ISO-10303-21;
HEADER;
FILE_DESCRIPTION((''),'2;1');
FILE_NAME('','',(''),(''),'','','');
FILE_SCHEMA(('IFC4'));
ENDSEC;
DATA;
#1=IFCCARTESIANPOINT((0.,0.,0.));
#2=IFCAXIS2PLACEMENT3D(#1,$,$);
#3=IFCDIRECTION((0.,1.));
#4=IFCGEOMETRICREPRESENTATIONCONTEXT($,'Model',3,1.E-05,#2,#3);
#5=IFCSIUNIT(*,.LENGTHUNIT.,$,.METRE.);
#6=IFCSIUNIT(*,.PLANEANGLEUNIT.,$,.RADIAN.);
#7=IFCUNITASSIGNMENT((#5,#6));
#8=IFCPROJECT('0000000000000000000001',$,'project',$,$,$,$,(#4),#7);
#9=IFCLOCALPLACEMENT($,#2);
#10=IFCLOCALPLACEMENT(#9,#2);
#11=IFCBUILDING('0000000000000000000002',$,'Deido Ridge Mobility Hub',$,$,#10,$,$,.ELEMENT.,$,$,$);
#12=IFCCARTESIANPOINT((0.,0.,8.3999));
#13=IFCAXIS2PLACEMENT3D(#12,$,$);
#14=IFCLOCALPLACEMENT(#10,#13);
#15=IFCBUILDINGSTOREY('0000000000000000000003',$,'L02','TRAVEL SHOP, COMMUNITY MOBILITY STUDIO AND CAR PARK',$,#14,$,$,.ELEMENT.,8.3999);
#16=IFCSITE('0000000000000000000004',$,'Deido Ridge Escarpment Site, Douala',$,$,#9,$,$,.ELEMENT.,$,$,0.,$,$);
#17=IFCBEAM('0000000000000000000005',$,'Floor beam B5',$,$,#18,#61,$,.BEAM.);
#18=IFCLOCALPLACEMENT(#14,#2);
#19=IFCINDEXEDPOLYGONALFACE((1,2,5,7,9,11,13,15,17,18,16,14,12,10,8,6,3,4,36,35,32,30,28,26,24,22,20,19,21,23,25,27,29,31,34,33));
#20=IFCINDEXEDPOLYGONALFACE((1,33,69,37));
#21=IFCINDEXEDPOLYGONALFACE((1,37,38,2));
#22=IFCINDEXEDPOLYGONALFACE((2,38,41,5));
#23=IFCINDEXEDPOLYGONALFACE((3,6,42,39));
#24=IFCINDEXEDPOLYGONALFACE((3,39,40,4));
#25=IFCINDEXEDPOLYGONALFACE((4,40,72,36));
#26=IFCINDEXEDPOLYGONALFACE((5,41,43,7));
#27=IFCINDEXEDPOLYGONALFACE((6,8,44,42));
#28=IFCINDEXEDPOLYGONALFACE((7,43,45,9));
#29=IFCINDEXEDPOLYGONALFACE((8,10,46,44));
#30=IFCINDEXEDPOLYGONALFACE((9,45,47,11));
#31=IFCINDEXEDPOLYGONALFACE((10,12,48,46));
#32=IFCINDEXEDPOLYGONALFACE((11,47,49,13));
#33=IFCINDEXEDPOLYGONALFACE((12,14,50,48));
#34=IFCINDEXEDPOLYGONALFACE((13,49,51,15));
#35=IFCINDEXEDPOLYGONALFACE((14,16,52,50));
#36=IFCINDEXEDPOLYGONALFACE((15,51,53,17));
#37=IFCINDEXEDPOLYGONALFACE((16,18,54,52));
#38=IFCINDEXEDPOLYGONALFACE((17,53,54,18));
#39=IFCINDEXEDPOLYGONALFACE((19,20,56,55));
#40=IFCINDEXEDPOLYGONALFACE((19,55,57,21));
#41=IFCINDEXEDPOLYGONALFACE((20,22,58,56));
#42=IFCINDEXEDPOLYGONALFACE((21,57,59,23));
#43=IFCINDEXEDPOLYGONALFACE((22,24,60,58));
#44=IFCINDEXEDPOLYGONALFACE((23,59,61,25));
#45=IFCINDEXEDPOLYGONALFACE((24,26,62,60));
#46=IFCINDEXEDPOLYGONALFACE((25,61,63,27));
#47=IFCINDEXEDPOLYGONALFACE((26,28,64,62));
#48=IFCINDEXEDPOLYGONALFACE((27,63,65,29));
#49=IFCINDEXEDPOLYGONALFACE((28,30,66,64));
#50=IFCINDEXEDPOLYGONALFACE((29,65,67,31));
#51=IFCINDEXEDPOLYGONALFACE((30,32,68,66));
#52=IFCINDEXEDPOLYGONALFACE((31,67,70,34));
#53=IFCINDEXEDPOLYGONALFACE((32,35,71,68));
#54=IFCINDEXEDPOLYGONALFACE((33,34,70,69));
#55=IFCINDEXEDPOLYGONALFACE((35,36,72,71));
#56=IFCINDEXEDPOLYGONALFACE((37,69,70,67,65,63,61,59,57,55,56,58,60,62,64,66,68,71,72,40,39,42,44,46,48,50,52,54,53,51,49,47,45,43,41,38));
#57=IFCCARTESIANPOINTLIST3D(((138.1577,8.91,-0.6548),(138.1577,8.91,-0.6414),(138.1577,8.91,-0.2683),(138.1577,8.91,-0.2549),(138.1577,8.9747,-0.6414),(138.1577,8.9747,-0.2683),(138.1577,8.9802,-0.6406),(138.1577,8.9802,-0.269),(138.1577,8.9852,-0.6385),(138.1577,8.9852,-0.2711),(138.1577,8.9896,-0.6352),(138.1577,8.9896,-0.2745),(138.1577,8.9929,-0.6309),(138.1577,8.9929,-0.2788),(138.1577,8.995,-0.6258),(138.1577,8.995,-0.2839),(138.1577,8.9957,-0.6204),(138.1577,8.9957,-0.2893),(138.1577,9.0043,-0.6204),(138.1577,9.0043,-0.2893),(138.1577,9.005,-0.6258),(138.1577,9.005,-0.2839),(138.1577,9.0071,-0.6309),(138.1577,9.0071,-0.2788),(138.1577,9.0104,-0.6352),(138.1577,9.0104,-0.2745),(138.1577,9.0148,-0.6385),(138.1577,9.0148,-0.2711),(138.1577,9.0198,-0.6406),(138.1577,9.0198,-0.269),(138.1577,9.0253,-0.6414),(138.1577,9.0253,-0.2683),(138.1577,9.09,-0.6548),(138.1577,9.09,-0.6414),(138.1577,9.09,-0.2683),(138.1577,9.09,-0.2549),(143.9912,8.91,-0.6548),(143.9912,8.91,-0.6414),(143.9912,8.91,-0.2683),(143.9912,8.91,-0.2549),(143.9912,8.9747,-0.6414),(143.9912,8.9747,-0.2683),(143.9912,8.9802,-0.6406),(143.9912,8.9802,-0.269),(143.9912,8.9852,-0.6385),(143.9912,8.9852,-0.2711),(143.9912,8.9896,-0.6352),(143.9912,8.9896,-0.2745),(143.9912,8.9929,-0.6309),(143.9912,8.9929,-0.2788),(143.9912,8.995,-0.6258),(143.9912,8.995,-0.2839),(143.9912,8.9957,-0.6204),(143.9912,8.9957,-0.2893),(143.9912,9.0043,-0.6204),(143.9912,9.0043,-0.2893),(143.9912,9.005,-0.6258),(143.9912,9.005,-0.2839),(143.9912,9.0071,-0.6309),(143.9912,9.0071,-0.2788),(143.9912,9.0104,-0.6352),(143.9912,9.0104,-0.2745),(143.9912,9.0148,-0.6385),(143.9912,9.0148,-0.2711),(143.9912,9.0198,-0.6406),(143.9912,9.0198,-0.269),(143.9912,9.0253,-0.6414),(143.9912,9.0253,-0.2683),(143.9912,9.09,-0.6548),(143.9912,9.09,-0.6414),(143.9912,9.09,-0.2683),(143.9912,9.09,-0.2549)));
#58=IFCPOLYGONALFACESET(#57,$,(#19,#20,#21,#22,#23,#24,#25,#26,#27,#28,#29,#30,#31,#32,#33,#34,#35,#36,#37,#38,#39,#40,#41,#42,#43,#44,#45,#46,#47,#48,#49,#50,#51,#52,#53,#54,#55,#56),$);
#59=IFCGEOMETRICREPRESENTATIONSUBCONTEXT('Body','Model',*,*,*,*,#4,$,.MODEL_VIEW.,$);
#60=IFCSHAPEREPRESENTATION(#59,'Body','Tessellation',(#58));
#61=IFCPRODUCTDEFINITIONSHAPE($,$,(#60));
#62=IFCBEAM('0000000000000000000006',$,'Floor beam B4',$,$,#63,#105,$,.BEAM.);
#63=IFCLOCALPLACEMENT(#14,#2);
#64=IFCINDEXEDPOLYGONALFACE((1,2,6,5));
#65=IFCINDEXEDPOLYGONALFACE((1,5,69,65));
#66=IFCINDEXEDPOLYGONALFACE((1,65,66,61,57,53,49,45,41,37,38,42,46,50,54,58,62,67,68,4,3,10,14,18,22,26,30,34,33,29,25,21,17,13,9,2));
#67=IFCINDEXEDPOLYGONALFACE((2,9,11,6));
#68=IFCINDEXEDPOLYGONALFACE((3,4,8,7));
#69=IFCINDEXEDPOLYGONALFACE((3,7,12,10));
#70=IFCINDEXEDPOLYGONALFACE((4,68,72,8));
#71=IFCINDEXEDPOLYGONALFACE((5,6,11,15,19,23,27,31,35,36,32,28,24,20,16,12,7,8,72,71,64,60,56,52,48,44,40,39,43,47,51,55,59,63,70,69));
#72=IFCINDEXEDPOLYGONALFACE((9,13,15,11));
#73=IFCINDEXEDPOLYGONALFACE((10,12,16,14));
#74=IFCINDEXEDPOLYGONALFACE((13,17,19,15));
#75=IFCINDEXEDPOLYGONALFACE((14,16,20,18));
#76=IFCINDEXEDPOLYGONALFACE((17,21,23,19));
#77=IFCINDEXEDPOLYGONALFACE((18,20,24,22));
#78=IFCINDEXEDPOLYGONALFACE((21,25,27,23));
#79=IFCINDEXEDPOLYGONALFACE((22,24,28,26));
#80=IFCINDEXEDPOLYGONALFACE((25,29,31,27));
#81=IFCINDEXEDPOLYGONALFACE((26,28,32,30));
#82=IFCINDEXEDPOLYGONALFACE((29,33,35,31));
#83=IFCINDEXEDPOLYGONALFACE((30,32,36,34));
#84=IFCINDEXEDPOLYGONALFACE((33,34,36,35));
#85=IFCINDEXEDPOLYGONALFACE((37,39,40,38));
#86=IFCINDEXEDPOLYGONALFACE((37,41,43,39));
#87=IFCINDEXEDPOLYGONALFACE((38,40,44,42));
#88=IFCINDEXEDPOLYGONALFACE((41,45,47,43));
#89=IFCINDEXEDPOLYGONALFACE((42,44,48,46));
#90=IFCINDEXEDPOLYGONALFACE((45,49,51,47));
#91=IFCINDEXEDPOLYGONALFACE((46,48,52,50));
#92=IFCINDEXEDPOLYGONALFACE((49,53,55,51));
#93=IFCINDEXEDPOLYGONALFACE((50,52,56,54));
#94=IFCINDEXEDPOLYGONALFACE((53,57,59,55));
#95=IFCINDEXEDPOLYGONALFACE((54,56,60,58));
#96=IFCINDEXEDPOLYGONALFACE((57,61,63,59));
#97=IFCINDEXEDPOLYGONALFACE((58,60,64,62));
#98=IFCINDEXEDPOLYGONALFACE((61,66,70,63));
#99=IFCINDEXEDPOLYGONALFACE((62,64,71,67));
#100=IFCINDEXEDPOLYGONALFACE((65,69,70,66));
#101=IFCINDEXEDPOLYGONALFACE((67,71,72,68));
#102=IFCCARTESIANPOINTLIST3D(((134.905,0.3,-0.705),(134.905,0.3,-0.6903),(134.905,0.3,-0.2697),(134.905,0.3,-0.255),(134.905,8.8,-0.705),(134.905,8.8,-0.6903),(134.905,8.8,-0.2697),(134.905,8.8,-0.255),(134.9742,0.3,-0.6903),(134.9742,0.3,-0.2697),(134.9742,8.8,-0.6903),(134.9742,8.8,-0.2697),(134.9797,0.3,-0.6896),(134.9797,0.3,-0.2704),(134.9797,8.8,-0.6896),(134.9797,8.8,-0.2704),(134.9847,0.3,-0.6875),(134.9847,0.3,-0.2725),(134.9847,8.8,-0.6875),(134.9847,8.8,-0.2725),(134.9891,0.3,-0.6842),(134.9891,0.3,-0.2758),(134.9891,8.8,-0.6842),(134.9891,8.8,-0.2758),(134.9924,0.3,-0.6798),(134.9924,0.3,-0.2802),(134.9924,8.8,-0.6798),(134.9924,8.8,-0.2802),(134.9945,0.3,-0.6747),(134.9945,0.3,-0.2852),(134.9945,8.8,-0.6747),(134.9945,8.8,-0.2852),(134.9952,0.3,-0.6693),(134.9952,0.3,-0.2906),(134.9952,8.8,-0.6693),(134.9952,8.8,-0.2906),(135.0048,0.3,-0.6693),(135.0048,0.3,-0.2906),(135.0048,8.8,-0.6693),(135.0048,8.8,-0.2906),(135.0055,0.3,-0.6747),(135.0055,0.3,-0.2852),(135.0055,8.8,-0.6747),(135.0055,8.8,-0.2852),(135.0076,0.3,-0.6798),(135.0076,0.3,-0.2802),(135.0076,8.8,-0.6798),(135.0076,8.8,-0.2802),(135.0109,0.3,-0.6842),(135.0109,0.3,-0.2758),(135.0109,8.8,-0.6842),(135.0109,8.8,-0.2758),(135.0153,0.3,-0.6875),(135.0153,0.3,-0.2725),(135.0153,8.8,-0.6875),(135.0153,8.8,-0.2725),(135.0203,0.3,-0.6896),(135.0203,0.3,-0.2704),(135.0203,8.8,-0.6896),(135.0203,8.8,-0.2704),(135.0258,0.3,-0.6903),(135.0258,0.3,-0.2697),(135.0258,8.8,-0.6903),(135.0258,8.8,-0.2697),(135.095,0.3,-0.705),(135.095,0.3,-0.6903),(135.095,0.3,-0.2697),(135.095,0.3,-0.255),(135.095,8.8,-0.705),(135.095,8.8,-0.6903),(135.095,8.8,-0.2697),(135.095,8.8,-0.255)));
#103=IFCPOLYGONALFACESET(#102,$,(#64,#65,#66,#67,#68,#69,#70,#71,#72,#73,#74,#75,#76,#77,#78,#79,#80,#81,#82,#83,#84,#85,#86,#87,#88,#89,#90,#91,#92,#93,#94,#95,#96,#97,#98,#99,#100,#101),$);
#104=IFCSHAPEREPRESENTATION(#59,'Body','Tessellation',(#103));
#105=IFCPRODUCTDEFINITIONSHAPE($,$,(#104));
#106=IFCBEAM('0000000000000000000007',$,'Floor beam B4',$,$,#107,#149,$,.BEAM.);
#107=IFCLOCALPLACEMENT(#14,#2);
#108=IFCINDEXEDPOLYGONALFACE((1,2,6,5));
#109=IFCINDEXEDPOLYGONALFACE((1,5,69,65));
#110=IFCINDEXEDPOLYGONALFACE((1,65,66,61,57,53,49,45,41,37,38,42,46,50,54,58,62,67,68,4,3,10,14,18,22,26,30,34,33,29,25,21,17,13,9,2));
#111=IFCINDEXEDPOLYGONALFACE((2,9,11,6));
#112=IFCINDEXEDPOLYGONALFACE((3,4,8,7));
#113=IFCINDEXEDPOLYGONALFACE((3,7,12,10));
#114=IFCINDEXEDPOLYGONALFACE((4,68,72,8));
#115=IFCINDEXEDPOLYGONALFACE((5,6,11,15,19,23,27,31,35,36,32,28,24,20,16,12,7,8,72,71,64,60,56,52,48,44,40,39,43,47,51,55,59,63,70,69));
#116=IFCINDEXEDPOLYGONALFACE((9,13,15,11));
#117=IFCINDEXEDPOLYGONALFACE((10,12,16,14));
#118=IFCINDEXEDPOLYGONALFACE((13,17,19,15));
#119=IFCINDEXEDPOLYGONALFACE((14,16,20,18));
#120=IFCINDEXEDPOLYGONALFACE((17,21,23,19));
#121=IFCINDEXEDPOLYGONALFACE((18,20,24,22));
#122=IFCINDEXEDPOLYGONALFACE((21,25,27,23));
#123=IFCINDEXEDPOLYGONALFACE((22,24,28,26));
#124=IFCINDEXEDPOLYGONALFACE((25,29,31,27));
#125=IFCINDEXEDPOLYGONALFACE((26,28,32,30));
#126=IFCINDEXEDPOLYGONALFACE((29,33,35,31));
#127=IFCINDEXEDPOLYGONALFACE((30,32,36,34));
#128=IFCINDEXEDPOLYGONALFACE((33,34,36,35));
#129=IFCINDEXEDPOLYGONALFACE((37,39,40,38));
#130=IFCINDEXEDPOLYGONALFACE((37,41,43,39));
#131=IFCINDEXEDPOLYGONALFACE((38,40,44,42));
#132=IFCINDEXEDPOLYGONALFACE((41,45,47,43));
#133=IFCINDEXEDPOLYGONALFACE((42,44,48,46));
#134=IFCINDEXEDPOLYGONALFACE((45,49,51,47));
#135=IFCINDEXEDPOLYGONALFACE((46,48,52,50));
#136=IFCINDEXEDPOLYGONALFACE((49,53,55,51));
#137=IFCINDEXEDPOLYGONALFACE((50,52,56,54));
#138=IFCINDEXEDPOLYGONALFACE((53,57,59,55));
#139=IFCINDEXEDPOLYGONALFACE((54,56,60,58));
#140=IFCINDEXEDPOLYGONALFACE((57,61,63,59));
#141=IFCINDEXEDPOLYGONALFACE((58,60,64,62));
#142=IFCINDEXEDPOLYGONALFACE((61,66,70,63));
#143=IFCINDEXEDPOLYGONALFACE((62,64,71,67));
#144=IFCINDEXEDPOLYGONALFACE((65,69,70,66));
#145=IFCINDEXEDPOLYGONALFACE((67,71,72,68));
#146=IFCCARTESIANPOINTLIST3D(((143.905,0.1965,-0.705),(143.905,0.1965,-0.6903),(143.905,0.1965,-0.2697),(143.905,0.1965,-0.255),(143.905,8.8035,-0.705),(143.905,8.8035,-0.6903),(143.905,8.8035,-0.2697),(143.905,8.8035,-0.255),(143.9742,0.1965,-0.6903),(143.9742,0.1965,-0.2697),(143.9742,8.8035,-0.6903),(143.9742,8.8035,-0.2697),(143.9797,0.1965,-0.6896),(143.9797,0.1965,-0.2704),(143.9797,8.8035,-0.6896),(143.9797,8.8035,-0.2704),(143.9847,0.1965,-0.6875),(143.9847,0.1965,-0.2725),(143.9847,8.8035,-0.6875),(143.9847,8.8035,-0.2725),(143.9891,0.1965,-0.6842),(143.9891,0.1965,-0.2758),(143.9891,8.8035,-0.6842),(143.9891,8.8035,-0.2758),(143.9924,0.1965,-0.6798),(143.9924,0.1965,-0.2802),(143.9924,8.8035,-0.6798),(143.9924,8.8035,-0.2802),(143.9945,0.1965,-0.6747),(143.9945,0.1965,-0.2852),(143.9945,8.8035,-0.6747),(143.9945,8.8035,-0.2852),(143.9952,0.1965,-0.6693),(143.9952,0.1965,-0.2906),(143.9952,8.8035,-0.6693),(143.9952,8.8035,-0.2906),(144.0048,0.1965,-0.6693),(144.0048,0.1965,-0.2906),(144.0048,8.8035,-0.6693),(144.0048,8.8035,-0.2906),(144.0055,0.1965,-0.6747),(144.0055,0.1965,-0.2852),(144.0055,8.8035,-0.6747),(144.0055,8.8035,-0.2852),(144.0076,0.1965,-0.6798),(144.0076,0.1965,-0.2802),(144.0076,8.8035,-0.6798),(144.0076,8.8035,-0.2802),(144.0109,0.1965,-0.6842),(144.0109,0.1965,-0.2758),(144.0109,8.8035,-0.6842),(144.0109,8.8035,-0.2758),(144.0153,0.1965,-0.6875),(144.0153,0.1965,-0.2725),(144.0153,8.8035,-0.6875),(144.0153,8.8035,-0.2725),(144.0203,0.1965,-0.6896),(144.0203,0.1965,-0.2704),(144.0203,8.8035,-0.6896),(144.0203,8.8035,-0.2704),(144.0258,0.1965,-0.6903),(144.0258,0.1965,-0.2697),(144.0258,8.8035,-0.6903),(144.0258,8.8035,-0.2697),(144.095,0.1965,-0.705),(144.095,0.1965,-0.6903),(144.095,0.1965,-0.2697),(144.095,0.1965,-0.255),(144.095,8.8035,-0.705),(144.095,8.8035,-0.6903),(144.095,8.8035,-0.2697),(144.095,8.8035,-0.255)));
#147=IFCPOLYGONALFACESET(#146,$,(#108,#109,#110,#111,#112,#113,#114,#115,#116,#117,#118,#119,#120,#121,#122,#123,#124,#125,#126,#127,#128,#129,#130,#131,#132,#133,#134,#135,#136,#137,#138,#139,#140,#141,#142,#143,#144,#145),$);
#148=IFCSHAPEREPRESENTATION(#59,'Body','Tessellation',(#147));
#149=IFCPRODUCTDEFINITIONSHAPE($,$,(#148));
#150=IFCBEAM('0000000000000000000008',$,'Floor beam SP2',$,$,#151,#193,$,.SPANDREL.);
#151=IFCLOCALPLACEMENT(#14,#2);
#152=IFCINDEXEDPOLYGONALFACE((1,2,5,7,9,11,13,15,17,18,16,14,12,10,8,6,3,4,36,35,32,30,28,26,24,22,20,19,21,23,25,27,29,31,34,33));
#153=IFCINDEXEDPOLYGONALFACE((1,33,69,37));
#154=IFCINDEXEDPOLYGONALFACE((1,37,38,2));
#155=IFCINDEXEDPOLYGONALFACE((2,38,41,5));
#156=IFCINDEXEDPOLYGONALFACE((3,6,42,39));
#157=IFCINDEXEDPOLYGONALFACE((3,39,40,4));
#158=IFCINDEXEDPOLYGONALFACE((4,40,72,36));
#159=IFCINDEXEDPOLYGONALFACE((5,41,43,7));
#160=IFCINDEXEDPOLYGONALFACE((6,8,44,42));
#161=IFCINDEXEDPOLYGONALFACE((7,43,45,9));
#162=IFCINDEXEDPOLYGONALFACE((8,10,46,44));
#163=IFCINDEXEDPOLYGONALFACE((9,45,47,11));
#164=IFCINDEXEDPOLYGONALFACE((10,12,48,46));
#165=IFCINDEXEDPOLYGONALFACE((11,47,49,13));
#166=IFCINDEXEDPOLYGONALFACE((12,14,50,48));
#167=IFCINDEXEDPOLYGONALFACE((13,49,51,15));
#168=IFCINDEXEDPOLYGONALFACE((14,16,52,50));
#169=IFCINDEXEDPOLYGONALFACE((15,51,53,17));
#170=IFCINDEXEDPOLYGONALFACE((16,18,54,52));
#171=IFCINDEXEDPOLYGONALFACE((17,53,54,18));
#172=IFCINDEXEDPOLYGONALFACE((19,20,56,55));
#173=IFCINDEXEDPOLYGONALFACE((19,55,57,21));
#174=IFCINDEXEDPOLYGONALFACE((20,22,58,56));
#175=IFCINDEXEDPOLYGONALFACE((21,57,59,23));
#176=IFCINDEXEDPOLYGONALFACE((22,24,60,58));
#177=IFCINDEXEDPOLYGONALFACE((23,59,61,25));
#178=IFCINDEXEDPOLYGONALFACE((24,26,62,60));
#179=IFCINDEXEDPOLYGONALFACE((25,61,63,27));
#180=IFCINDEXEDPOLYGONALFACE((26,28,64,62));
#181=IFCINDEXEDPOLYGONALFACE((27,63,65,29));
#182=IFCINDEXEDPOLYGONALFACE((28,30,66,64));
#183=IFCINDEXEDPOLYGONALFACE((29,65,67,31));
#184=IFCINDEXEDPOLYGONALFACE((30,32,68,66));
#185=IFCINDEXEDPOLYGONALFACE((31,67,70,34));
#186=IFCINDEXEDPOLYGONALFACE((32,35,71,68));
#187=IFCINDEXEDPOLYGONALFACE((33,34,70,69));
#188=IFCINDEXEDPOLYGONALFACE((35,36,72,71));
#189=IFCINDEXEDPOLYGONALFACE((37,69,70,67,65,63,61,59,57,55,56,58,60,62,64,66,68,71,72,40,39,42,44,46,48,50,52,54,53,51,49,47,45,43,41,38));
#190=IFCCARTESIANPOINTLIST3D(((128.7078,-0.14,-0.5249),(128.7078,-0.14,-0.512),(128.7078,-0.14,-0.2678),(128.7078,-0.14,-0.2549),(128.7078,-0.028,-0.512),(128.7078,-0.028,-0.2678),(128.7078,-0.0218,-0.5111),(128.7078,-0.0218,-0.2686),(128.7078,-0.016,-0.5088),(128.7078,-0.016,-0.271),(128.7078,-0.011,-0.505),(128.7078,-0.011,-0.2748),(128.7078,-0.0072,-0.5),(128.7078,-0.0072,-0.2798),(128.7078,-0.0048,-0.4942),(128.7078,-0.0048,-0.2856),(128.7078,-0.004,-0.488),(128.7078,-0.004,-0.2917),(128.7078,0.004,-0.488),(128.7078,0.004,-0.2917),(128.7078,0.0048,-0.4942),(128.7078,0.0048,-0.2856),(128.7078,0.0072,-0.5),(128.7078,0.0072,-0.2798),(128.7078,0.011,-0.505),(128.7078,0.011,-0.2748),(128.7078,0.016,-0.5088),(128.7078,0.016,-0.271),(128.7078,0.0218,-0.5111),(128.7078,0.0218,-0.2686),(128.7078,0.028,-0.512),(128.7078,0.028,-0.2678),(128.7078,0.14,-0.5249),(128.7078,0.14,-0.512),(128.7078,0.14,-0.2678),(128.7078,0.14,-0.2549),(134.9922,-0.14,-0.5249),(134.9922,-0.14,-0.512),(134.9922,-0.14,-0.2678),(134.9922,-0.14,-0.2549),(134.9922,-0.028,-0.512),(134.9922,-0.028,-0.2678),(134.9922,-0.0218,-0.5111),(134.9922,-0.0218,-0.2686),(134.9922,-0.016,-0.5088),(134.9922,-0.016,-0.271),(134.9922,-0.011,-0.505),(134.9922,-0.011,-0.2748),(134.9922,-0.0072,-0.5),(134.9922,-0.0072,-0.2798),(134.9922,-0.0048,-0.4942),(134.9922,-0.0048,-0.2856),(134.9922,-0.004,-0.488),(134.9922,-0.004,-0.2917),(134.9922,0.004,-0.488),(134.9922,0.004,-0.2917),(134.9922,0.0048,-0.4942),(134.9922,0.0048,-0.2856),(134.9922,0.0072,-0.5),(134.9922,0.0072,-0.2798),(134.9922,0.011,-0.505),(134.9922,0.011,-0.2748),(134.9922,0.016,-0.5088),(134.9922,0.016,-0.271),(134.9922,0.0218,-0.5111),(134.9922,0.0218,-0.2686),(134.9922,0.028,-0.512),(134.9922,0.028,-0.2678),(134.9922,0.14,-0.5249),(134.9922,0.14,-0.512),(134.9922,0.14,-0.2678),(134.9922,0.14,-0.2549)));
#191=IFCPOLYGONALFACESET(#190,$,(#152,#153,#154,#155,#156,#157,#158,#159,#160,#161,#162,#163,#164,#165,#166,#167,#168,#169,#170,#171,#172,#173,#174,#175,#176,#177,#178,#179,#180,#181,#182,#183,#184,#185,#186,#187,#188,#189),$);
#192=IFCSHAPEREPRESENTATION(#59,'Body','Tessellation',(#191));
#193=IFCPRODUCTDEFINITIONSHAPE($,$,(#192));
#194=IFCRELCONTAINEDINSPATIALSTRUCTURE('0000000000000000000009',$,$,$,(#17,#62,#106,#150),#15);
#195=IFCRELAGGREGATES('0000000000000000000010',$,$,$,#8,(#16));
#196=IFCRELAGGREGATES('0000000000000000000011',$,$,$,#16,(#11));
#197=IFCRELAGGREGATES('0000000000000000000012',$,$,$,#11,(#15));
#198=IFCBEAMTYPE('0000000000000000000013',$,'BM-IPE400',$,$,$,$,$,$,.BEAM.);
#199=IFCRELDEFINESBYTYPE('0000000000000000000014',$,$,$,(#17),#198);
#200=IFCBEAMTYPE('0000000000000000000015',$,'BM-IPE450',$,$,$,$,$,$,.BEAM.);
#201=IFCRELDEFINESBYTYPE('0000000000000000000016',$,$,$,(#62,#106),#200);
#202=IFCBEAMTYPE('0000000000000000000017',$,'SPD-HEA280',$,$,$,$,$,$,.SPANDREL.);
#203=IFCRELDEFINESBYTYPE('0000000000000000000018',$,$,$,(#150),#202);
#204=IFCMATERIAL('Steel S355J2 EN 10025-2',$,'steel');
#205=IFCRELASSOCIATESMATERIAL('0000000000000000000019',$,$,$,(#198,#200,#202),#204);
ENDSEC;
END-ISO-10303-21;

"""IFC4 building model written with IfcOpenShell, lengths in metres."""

from ifc_helpers import new_model, si_unit, direction, frame, origin, origin_2d, place, context, subcontext, project, spatial, i_section, extrude, material, material_profile, profile_set, type_object, element, save


model = new_model("IFC4")

# Units and contexts
model_context = context("Model", 3, precision=1e-05, world=origin(), true_north=direction((0.0, 1.0)))
body_context = subcontext(model_context, "Body", "Model", "MODEL_VIEW")
ifc_project = project(units=[si_unit("LENGTHUNIT", "METRE"), si_unit("PLANEANGLEUNIT", "RADIAN")], contexts=[model_context])

# Site, building, storey
site_placement = place(None, origin())
site = spatial("IfcSite", under=ifc_project, at=site_placement, Name="Deido Ridge Escarpment Site, Douala", CompositionType="ELEMENT", RefElevation=0.0)
building_placement = place(site_placement, origin())
building = spatial("IfcBuilding", under=site, at=building_placement, Name="Deido Ridge Mobility Hub", CompositionType="ELEMENT")
storey_placement = place(building_placement, frame((0.0, 0.0, 8.3999)))
storey = spatial("IfcBuildingStorey", under=building, at=storey_placement, Name="L02", Description="TRAVEL SHOP, COMMUNITY MOBILITY STUDIO AND CAR PARK", CompositionType="ELEMENT", Elevation=8.3999)

# Shared definitions
ifc_material_1 = material(Name="Steel S355J2 EN 10025-2", Category="steel")

# Beams
ifc_material_profile_1 = material_profile(ifc_material_1, i_section(OverallWidth=0.1799, OverallDepth=0.3999, WebThickness=0.0085, FlangeThickness=0.0134, FilletRadius=0.021, at=origin_2d()), Name="IPE 400")
ifc_profile_set_1 = profile_set([ifc_material_profile_1], Name="Steel S355J2 EN 10025-2")
beam_type_1 = type_object("IfcBeamType", Name="BM-IPE400", PredefinedType="BEAM", material=ifc_profile_set_1)
beam_1_placement = place(storey_placement, frame((138.1577, 9.0, -0.4548), z_axis=(1.0, 0.0, 0.0), x_axis=(0.0, 1.0, 0.0)))
element("IfcBeam", 1, at=beam_1_placement, inside=storey, type_object=beam_type_1, Name="Floor beam B5", PredefinedType="BEAM", context=body_context, shape_type="SweptSolid", body=[
    extrude(i_section(OverallWidth=0.1799, OverallDepth=0.3999, WebThickness=0.0085, FlangeThickness=0.0134, FilletRadius=0.021, at=origin_2d()), origin(), (0.0, 0.0, 1.0), 5.8335),
])
ifc_material_profile_2 = material_profile(ifc_material_1, i_section(OverallWidth=0.1899, OverallDepth=0.45, WebThickness=0.0095, FlangeThickness=0.0146, FilletRadius=0.021, at=origin_2d()), Name="IPE 450")
ifc_profile_set_2 = profile_set([ifc_material_profile_2], Name="Steel S355J2 EN 10025-2")
beam_type_2 = type_object("IfcBeamType", Name="BM-IPE450", PredefinedType="BEAM", material=ifc_profile_set_2)
beam_2_placement = place(storey_placement, frame((135.0, 0.3, -0.48), z_axis=(0.0, 1.0, 0.0), x_axis=(-1.0, 0.0, 0.0)))
element("IfcBeam", 2, at=beam_2_placement, inside=storey, type_object=beam_type_2, Name="Floor beam B4", PredefinedType="BEAM", context=body_context, shape_type="SweptSolid", body=[
    extrude(i_section(OverallWidth=0.1899, OverallDepth=0.45, WebThickness=0.0095, FlangeThickness=0.0146, FilletRadius=0.021, at=origin_2d()), origin(), (0.0, 0.0, 1.0), 8.5),
])
beam_3_placement = place(storey_placement, frame((144.0, 0.1965, -0.48), z_axis=(0.0, 1.0, 0.0), x_axis=(-1.0, 0.0, 0.0)))
element("IfcBeam", 3, at=beam_3_placement, inside=storey, type_object=beam_type_2, Name="Floor beam B4", PredefinedType="BEAM", context=body_context, shape_type="SweptSolid", body=[
    extrude(i_section(OverallWidth=0.1899, OverallDepth=0.45, WebThickness=0.0095, FlangeThickness=0.0146, FilletRadius=0.021, at=origin_2d()), origin(), (0.0, 0.0, 1.0), 8.6069),
])
ifc_material_profile_3 = material_profile(ifc_material_1, i_section(OverallWidth=0.28, OverallDepth=0.27, WebThickness=0.0081, FlangeThickness=0.0129, FilletRadius=0.0239, at=origin_2d()), Name="HEA 280")
ifc_profile_set_3 = profile_set([ifc_material_profile_3], Name="Steel S355J2 EN 10025-2")
beam_type_3 = type_object("IfcBeamType", Name="SPD-HEA280", PredefinedType="SPANDREL", material=ifc_profile_set_3)
beam_4_placement = place(storey_placement, frame((128.7078, 0.0, -0.3899), z_axis=(1.0, 0.0, 0.0), x_axis=(0.0, 1.0, 0.0)))
element("IfcBeam", 4, at=beam_4_placement, inside=storey, type_object=beam_type_3, Name="Floor beam SP2", PredefinedType="SPANDREL", context=body_context, shape_type="SweptSolid", body=[
    extrude(i_section(OverallWidth=0.28, OverallDepth=0.27, WebThickness=0.0081, FlangeThickness=0.0129, FilletRadius=0.0239, at=origin_2d()), origin(), (0.0, 0.0, 1.0), 6.2844),
])

save(model, "model.ifc")
